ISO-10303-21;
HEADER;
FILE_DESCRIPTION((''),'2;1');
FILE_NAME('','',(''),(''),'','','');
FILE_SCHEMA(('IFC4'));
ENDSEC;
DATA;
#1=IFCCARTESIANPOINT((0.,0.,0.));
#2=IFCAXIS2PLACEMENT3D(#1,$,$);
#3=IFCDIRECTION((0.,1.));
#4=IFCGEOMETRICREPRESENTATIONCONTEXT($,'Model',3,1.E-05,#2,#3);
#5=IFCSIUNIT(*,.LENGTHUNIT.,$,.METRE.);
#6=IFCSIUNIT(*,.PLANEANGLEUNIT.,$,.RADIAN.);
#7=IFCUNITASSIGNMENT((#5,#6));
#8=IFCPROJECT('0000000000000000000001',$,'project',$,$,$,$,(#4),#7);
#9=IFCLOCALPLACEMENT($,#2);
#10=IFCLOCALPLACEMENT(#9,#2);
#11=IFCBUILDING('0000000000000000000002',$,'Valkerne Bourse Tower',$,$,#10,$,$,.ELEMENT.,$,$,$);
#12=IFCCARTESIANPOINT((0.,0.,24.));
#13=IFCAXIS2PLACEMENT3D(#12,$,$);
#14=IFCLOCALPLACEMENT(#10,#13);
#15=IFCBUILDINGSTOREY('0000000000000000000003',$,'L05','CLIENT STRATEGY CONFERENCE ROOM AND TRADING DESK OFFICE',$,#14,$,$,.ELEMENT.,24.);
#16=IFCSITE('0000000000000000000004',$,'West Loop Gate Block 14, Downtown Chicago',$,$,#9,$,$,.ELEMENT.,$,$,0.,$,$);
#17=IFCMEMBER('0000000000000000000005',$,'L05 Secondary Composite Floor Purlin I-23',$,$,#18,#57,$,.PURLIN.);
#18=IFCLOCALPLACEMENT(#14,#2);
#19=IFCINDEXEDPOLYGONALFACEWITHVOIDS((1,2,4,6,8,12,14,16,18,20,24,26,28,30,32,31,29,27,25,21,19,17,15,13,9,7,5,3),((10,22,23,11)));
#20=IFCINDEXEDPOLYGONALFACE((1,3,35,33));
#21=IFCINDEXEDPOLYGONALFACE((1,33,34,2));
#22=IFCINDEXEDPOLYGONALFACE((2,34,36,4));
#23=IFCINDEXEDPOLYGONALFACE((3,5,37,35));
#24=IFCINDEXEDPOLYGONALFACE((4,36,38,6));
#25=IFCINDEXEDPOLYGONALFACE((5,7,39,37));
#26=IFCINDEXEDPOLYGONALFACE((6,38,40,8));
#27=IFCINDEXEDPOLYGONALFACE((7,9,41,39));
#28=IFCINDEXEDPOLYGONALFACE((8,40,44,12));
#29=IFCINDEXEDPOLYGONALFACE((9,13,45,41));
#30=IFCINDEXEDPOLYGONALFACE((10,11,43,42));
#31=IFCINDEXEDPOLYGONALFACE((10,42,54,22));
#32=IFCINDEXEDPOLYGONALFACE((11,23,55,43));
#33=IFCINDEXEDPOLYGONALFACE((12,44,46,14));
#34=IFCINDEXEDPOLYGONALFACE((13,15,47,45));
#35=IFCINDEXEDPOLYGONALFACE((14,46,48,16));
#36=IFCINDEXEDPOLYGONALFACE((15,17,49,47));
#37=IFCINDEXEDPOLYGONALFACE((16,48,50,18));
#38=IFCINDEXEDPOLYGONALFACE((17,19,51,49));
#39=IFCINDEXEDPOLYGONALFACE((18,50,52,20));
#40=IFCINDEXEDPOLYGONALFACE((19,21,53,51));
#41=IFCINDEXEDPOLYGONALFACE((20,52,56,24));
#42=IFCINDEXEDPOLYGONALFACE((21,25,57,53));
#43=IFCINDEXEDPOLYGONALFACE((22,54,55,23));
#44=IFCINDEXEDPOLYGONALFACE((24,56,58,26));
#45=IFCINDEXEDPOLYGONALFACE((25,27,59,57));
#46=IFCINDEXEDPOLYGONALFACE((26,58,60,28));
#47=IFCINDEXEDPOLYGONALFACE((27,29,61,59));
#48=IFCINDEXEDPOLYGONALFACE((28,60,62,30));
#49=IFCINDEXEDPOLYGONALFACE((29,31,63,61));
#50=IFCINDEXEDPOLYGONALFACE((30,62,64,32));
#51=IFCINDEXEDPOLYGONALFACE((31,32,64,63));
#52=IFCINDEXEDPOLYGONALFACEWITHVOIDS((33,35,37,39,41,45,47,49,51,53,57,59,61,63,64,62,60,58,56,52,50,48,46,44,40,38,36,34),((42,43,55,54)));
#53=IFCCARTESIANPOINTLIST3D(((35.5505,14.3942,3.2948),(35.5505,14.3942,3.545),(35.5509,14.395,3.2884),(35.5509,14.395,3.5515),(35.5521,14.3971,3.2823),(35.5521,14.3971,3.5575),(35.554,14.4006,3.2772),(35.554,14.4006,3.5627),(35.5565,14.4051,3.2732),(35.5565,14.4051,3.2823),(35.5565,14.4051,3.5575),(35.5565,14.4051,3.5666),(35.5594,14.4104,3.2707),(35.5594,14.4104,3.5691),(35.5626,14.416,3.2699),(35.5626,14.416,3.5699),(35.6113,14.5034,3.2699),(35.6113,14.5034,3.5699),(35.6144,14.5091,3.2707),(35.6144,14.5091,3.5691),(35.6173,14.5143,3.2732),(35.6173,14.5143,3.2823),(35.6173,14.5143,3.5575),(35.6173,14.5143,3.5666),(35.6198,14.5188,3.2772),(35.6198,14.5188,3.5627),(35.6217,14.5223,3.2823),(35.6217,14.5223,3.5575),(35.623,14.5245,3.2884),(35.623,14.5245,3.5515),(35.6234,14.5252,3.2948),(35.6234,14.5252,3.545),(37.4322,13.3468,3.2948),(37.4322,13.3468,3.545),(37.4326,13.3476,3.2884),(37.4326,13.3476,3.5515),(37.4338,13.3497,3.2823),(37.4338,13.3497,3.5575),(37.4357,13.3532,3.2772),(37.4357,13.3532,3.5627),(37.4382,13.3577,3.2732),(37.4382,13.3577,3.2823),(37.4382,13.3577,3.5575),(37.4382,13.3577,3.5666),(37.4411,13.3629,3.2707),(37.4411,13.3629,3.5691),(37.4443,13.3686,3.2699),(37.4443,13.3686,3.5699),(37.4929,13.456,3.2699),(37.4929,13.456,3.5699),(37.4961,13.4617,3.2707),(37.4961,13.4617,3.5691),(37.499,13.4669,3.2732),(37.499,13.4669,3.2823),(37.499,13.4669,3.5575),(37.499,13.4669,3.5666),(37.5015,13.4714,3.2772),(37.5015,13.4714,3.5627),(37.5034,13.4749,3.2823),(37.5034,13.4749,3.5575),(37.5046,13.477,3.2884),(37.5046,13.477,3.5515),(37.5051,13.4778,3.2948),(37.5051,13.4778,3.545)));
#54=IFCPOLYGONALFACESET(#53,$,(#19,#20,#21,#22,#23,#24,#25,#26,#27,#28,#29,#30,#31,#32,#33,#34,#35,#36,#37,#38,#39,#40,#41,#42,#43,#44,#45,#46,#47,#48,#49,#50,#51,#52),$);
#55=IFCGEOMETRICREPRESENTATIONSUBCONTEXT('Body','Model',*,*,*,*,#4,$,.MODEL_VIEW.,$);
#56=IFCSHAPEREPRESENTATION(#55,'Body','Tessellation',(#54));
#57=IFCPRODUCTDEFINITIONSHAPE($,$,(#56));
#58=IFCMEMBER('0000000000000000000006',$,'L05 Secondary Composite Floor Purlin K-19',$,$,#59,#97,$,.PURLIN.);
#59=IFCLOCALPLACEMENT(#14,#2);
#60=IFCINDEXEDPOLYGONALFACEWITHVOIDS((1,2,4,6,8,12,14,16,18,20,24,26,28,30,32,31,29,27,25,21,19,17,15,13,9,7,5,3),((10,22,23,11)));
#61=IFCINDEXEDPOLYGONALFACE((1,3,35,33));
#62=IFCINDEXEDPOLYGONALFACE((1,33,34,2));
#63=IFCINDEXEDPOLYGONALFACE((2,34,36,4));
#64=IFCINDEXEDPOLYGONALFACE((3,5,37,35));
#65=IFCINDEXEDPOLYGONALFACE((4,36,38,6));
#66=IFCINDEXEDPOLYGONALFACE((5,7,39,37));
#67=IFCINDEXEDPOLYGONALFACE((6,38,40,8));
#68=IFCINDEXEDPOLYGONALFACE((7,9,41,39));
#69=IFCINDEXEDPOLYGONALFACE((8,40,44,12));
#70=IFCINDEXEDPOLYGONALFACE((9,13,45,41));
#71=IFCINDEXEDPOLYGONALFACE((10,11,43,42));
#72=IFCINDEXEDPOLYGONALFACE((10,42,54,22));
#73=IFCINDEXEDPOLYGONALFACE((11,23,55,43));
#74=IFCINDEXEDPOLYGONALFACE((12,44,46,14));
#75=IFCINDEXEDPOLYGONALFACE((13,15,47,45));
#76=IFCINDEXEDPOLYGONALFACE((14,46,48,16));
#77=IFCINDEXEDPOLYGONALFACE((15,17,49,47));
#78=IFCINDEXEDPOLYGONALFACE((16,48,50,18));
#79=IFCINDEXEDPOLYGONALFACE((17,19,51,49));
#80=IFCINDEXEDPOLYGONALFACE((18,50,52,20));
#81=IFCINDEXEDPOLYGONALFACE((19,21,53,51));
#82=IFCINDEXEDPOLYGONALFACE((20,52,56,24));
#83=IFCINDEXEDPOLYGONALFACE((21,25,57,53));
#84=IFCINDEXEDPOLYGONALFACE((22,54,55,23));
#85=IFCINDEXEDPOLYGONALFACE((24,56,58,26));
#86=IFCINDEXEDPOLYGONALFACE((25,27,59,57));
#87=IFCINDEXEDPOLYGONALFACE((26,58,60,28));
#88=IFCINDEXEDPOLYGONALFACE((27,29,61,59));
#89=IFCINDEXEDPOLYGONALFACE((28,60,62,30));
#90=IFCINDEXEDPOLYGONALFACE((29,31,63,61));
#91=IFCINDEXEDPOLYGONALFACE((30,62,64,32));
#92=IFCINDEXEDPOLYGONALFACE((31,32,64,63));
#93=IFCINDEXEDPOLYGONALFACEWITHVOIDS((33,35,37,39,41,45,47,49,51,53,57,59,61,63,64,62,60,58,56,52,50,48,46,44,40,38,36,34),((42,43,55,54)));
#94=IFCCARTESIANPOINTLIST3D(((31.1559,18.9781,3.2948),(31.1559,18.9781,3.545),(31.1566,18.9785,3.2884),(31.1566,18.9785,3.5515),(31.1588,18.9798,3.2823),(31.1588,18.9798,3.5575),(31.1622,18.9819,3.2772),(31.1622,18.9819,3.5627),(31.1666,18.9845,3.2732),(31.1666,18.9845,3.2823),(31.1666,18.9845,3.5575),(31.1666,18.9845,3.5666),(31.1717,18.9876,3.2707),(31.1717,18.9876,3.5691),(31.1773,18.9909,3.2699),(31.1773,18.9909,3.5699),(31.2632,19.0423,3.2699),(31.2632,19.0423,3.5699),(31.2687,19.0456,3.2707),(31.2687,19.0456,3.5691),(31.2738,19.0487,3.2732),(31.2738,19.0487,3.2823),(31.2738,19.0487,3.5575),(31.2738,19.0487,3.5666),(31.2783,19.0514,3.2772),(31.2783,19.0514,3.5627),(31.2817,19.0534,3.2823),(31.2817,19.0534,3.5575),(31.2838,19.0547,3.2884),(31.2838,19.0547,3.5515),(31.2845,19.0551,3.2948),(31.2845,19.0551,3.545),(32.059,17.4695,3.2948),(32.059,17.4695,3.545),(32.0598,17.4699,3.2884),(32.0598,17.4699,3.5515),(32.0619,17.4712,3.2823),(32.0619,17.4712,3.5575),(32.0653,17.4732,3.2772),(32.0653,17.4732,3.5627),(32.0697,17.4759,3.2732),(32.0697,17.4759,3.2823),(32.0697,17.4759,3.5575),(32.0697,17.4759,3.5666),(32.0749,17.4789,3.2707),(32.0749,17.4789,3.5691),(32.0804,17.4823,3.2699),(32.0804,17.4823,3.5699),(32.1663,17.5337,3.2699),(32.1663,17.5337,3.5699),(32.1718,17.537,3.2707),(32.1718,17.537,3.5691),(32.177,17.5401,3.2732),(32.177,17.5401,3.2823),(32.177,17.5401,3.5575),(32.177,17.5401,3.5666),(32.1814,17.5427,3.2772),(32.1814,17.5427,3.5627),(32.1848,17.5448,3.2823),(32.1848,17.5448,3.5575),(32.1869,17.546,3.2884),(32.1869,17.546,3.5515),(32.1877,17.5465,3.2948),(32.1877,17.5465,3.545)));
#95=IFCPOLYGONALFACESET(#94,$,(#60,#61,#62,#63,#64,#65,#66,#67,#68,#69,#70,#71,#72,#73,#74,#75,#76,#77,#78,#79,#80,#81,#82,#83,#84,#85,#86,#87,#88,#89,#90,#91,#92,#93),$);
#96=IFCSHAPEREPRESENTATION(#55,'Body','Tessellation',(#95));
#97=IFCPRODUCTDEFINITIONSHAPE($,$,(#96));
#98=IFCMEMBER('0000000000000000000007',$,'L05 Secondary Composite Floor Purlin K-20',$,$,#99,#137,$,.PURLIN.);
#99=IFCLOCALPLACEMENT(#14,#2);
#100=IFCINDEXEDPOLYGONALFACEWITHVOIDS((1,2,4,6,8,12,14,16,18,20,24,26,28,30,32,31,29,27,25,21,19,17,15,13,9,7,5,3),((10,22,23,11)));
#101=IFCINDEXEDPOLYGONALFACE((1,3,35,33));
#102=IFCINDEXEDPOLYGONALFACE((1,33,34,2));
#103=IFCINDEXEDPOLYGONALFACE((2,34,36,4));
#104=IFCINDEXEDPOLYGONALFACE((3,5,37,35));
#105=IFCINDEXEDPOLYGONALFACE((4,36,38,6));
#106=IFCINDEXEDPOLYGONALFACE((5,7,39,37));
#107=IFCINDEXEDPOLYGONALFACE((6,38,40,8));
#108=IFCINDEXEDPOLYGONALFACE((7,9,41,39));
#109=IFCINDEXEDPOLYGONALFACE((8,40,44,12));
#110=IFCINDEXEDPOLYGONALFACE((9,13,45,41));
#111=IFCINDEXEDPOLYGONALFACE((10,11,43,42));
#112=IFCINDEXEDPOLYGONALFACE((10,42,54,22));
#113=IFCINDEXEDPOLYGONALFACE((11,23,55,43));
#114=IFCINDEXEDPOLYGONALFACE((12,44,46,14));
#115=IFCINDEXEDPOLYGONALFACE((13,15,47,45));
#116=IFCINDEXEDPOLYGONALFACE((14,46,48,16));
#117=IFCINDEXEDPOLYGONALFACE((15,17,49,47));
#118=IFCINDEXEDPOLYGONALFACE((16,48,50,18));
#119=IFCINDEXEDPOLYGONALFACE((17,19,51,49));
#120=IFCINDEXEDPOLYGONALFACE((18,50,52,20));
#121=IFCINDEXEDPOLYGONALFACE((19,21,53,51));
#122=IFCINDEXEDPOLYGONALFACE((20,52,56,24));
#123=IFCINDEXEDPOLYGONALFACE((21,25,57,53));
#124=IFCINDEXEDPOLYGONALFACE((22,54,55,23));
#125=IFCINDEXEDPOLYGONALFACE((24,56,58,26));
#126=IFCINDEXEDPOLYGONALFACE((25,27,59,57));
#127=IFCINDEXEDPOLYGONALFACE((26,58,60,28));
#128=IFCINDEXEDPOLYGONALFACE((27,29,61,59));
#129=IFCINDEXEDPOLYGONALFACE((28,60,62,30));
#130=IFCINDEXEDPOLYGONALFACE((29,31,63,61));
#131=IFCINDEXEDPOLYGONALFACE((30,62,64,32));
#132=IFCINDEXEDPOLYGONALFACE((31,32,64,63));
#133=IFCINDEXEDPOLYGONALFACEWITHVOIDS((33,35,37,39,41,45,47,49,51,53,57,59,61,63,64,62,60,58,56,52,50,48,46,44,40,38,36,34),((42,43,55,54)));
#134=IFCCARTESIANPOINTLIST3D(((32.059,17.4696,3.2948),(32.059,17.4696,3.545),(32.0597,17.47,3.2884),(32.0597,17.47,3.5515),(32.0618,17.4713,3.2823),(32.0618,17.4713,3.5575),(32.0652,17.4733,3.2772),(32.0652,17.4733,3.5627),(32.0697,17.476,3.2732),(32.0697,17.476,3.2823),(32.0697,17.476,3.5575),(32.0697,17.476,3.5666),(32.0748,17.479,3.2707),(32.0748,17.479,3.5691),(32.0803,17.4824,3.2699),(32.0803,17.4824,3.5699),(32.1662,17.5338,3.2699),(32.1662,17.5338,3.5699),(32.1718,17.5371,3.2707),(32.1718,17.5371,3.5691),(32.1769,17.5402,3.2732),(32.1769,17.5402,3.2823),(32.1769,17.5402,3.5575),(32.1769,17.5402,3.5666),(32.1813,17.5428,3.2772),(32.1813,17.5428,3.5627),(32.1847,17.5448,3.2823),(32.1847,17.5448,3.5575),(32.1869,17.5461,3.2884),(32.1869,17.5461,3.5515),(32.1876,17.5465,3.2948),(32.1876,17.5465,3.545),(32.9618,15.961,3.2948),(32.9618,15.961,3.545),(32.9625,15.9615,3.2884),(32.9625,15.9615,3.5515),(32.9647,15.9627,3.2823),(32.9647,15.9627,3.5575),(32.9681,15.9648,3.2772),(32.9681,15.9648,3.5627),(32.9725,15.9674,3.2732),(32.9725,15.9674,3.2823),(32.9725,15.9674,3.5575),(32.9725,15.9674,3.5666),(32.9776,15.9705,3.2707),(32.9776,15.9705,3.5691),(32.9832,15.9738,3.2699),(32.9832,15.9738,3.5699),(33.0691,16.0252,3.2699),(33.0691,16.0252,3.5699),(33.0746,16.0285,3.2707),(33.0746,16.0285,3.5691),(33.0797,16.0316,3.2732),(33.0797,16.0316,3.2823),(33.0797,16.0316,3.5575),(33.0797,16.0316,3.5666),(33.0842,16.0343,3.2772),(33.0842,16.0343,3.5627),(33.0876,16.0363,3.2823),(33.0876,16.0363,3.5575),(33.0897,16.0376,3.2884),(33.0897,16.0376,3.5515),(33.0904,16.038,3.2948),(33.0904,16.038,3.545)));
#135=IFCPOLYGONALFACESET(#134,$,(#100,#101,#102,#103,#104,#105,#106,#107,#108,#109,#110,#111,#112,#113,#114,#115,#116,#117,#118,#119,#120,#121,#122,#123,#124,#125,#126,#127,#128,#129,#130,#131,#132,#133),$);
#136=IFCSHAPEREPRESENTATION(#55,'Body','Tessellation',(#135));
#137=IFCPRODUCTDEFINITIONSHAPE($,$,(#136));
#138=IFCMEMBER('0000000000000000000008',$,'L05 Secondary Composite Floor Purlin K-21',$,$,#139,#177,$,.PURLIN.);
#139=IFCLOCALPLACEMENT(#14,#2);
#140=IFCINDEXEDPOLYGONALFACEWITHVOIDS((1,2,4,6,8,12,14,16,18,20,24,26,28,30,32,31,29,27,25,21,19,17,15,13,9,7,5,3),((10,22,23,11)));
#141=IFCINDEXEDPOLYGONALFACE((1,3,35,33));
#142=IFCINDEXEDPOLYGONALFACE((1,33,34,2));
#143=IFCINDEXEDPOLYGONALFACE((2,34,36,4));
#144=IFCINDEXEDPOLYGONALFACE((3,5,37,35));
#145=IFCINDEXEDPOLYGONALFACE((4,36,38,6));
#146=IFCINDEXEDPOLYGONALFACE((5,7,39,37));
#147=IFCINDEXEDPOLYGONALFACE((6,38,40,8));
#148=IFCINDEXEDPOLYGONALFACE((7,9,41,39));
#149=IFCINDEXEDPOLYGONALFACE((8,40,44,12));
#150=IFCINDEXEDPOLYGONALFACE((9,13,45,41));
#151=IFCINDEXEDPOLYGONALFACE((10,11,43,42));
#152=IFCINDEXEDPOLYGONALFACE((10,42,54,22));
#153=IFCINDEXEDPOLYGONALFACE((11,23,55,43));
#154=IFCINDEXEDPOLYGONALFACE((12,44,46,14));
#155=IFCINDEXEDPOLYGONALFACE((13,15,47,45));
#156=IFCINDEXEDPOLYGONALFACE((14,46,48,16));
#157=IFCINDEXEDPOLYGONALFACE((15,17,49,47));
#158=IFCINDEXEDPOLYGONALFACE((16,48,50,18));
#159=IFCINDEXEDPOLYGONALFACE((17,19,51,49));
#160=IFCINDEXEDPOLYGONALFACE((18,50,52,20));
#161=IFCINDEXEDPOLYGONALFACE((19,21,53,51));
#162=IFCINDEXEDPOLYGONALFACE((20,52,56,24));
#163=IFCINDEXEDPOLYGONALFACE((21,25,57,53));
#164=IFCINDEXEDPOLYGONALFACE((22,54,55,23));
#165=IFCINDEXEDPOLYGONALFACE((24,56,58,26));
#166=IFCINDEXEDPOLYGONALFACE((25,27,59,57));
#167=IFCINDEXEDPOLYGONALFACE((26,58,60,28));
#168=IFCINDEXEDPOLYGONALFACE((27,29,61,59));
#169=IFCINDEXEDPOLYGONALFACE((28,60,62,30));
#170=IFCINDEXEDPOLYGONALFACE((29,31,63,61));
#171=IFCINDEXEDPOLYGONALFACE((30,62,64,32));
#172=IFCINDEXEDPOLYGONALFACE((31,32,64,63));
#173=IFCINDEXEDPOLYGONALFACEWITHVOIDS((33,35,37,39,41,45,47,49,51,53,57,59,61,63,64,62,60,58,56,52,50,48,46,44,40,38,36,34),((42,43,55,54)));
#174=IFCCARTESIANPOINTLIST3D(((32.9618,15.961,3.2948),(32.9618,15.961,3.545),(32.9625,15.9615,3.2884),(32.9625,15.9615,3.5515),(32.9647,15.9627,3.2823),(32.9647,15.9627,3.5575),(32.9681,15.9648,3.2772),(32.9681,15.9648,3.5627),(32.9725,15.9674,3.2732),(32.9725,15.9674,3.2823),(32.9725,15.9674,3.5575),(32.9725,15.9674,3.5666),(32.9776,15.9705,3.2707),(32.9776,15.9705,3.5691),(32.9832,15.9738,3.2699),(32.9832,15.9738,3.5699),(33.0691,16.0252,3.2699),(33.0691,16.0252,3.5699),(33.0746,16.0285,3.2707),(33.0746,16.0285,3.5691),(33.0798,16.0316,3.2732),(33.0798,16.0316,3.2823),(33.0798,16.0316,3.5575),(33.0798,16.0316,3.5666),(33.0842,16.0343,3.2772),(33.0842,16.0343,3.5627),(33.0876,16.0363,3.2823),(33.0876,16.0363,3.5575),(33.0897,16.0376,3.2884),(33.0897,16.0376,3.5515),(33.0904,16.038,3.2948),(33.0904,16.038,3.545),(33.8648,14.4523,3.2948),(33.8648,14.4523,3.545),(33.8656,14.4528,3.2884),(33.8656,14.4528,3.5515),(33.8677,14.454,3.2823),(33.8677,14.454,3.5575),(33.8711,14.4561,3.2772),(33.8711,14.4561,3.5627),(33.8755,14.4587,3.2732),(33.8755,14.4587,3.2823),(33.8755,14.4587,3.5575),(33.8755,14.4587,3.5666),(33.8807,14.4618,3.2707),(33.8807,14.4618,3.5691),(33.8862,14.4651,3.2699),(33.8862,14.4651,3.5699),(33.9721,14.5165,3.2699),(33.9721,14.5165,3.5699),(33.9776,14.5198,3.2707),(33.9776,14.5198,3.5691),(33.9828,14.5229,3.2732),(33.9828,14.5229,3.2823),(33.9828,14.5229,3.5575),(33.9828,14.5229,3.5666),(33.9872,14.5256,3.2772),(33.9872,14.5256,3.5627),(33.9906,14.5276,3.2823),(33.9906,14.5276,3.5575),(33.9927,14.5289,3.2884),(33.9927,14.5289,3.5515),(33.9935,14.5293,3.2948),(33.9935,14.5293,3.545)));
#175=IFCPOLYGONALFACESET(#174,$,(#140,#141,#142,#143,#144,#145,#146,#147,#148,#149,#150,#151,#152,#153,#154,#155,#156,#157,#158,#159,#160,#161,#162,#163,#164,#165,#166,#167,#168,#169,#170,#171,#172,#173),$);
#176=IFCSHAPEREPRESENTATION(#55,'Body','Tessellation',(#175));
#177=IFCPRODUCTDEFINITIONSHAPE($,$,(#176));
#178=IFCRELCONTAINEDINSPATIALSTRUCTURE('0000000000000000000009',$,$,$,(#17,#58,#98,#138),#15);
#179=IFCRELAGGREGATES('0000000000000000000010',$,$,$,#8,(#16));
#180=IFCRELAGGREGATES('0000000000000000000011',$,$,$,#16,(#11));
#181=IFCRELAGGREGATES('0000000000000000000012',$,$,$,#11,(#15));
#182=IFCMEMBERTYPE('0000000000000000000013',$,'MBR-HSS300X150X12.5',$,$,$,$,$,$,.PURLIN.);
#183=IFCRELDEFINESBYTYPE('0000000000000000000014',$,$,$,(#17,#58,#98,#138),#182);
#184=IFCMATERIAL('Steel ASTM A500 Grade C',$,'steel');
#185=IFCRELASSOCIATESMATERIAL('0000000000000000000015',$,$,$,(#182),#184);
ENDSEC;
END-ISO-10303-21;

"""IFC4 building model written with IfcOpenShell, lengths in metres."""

from ifc_helpers import new_model, si_unit, direction, frame, origin, origin_2d, place, context, subcontext, project, spatial, hollow_rectangle, extrude, material, material_profile, profile_set, type_object, element, save


model = new_model("IFC4")

# Units and contexts
model_context = context("Model", 3, precision=1e-05, world=origin(), true_north=direction((0.0, 1.0)))
body_context = subcontext(model_context, "Body", "Model", "MODEL_VIEW")
ifc_project = project(units=[si_unit("LENGTHUNIT", "METRE"), si_unit("PLANEANGLEUNIT", "RADIAN")], contexts=[model_context])

# Site, building, storey
site_placement = place(None, origin())
site = spatial("IfcSite", under=ifc_project, at=site_placement, Name="West Loop Gate Block 14, Downtown Chicago", CompositionType="ELEMENT", RefElevation=0.0)
building_placement = place(site_placement, origin())
building = spatial("IfcBuilding", under=site, at=building_placement, Name="Valkerne Bourse Tower", CompositionType="ELEMENT")
storey_placement = place(building_placement, frame((0.0, 0.0, 24.0)))
storey = spatial("IfcBuildingStorey", under=building, at=storey_placement, Name="L05", Description="CLIENT STRATEGY CONFERENCE ROOM AND TRADING DESK OFFICE", CompositionType="ELEMENT", Elevation=24.0)

# Members
ifc_material_1 = material(Name="Steel ASTM A500 Grade C", Category="steel")
ifc_material_profile_1 = material_profile(ifc_material_1, hollow_rectangle(XDim=0.1499, YDim=0.3, WallThickness=0.0125, OuterFilletRadius=0.0249, at=origin_2d()), Name="HSS300X150X12.5")
ifc_profile_set_1 = profile_set([ifc_material_profile_1], Name="Steel ASTM A500 Grade C")
member_type_1 = type_object("IfcMemberType", Name="MBR-HSS300X150X12.5", PredefinedType="PURLIN", material=ifc_profile_set_1)
member_1_placement = place(storey_placement, frame((35.5869, 14.4597, 3.4199), z_axis=(0.873756, -0.486365, 0.0), x_axis=(0.486365, 0.873756, 0.0)))
element("IfcMember", 1, at=member_1_placement, inside=storey, type_object=member_type_1, Name="L05 Secondary Composite Floor Purlin I-23", PredefinedType="PURLIN", context=body_context, shape_type="SweptSolid", body=[
    extrude(hollow_rectangle(XDim=0.1499, YDim=0.3, WallThickness=0.0125, OuterFilletRadius=0.0249, at=origin_2d()), origin(), (0.0, 0.0, 1.0), 2.1536),
])
member_2_placement = place(storey_placement, frame((31.2202, 19.0166, 3.4199), z_axis=(0.513638, -0.858007, 0.0), x_axis=(0.858007, 0.513638, 0.0)))
element("IfcMember", 2, at=member_2_placement, inside=storey, type_object=member_type_1, Name="L05 Secondary Composite Floor Purlin K-19", PredefinedType="PURLIN", context=body_context, shape_type="SweptSolid", body=[
    extrude(hollow_rectangle(XDim=0.1499, YDim=0.3, WallThickness=0.0125, OuterFilletRadius=0.0249, at=origin_2d()), origin(), (0.0, 0.0, 1.0), 1.7583),
])
member_3_placement = place(storey_placement, frame((32.1233, 17.5081, 3.4199), z_axis=(0.513536, -0.858068, 0.0), x_axis=(0.858068, 0.513536, 0.0)))
element("IfcMember", 3, at=member_3_placement, inside=storey, type_object=member_type_1, Name="L05 Secondary Composite Floor Purlin K-20", PredefinedType="PURLIN", context=body_context, shape_type="SweptSolid", body=[
    extrude(hollow_rectangle(XDim=0.1499, YDim=0.3, WallThickness=0.0125, OuterFilletRadius=0.0249, at=origin_2d()), origin(), (0.0, 0.0, 1.0), 1.7581),
])
for number, where, z_axis, x_axis, name in (
    (4, (33.0261, 15.9995, 3.4199), (0.513577, -0.858044, 0.0), (0.858044, 0.513577, 0.0), "L05 Secondary Composite Floor Purlin K-21"),
):
    element("IfcMember", number, at=place(storey_placement, frame(where, z_axis=z_axis, x_axis=x_axis)), inside=storey, type_object=member_type_1, Name=name, PredefinedType="PURLIN", context=body_context, shape_type="SweptSolid", body=[
        extrude(hollow_rectangle(XDim=0.1499, YDim=0.3, WallThickness=0.0125, OuterFilletRadius=0.0249, at=origin_2d()), origin(), (0.0, 0.0, 1.0), 1.7583),
    ])

save(model, "model.ifc")
